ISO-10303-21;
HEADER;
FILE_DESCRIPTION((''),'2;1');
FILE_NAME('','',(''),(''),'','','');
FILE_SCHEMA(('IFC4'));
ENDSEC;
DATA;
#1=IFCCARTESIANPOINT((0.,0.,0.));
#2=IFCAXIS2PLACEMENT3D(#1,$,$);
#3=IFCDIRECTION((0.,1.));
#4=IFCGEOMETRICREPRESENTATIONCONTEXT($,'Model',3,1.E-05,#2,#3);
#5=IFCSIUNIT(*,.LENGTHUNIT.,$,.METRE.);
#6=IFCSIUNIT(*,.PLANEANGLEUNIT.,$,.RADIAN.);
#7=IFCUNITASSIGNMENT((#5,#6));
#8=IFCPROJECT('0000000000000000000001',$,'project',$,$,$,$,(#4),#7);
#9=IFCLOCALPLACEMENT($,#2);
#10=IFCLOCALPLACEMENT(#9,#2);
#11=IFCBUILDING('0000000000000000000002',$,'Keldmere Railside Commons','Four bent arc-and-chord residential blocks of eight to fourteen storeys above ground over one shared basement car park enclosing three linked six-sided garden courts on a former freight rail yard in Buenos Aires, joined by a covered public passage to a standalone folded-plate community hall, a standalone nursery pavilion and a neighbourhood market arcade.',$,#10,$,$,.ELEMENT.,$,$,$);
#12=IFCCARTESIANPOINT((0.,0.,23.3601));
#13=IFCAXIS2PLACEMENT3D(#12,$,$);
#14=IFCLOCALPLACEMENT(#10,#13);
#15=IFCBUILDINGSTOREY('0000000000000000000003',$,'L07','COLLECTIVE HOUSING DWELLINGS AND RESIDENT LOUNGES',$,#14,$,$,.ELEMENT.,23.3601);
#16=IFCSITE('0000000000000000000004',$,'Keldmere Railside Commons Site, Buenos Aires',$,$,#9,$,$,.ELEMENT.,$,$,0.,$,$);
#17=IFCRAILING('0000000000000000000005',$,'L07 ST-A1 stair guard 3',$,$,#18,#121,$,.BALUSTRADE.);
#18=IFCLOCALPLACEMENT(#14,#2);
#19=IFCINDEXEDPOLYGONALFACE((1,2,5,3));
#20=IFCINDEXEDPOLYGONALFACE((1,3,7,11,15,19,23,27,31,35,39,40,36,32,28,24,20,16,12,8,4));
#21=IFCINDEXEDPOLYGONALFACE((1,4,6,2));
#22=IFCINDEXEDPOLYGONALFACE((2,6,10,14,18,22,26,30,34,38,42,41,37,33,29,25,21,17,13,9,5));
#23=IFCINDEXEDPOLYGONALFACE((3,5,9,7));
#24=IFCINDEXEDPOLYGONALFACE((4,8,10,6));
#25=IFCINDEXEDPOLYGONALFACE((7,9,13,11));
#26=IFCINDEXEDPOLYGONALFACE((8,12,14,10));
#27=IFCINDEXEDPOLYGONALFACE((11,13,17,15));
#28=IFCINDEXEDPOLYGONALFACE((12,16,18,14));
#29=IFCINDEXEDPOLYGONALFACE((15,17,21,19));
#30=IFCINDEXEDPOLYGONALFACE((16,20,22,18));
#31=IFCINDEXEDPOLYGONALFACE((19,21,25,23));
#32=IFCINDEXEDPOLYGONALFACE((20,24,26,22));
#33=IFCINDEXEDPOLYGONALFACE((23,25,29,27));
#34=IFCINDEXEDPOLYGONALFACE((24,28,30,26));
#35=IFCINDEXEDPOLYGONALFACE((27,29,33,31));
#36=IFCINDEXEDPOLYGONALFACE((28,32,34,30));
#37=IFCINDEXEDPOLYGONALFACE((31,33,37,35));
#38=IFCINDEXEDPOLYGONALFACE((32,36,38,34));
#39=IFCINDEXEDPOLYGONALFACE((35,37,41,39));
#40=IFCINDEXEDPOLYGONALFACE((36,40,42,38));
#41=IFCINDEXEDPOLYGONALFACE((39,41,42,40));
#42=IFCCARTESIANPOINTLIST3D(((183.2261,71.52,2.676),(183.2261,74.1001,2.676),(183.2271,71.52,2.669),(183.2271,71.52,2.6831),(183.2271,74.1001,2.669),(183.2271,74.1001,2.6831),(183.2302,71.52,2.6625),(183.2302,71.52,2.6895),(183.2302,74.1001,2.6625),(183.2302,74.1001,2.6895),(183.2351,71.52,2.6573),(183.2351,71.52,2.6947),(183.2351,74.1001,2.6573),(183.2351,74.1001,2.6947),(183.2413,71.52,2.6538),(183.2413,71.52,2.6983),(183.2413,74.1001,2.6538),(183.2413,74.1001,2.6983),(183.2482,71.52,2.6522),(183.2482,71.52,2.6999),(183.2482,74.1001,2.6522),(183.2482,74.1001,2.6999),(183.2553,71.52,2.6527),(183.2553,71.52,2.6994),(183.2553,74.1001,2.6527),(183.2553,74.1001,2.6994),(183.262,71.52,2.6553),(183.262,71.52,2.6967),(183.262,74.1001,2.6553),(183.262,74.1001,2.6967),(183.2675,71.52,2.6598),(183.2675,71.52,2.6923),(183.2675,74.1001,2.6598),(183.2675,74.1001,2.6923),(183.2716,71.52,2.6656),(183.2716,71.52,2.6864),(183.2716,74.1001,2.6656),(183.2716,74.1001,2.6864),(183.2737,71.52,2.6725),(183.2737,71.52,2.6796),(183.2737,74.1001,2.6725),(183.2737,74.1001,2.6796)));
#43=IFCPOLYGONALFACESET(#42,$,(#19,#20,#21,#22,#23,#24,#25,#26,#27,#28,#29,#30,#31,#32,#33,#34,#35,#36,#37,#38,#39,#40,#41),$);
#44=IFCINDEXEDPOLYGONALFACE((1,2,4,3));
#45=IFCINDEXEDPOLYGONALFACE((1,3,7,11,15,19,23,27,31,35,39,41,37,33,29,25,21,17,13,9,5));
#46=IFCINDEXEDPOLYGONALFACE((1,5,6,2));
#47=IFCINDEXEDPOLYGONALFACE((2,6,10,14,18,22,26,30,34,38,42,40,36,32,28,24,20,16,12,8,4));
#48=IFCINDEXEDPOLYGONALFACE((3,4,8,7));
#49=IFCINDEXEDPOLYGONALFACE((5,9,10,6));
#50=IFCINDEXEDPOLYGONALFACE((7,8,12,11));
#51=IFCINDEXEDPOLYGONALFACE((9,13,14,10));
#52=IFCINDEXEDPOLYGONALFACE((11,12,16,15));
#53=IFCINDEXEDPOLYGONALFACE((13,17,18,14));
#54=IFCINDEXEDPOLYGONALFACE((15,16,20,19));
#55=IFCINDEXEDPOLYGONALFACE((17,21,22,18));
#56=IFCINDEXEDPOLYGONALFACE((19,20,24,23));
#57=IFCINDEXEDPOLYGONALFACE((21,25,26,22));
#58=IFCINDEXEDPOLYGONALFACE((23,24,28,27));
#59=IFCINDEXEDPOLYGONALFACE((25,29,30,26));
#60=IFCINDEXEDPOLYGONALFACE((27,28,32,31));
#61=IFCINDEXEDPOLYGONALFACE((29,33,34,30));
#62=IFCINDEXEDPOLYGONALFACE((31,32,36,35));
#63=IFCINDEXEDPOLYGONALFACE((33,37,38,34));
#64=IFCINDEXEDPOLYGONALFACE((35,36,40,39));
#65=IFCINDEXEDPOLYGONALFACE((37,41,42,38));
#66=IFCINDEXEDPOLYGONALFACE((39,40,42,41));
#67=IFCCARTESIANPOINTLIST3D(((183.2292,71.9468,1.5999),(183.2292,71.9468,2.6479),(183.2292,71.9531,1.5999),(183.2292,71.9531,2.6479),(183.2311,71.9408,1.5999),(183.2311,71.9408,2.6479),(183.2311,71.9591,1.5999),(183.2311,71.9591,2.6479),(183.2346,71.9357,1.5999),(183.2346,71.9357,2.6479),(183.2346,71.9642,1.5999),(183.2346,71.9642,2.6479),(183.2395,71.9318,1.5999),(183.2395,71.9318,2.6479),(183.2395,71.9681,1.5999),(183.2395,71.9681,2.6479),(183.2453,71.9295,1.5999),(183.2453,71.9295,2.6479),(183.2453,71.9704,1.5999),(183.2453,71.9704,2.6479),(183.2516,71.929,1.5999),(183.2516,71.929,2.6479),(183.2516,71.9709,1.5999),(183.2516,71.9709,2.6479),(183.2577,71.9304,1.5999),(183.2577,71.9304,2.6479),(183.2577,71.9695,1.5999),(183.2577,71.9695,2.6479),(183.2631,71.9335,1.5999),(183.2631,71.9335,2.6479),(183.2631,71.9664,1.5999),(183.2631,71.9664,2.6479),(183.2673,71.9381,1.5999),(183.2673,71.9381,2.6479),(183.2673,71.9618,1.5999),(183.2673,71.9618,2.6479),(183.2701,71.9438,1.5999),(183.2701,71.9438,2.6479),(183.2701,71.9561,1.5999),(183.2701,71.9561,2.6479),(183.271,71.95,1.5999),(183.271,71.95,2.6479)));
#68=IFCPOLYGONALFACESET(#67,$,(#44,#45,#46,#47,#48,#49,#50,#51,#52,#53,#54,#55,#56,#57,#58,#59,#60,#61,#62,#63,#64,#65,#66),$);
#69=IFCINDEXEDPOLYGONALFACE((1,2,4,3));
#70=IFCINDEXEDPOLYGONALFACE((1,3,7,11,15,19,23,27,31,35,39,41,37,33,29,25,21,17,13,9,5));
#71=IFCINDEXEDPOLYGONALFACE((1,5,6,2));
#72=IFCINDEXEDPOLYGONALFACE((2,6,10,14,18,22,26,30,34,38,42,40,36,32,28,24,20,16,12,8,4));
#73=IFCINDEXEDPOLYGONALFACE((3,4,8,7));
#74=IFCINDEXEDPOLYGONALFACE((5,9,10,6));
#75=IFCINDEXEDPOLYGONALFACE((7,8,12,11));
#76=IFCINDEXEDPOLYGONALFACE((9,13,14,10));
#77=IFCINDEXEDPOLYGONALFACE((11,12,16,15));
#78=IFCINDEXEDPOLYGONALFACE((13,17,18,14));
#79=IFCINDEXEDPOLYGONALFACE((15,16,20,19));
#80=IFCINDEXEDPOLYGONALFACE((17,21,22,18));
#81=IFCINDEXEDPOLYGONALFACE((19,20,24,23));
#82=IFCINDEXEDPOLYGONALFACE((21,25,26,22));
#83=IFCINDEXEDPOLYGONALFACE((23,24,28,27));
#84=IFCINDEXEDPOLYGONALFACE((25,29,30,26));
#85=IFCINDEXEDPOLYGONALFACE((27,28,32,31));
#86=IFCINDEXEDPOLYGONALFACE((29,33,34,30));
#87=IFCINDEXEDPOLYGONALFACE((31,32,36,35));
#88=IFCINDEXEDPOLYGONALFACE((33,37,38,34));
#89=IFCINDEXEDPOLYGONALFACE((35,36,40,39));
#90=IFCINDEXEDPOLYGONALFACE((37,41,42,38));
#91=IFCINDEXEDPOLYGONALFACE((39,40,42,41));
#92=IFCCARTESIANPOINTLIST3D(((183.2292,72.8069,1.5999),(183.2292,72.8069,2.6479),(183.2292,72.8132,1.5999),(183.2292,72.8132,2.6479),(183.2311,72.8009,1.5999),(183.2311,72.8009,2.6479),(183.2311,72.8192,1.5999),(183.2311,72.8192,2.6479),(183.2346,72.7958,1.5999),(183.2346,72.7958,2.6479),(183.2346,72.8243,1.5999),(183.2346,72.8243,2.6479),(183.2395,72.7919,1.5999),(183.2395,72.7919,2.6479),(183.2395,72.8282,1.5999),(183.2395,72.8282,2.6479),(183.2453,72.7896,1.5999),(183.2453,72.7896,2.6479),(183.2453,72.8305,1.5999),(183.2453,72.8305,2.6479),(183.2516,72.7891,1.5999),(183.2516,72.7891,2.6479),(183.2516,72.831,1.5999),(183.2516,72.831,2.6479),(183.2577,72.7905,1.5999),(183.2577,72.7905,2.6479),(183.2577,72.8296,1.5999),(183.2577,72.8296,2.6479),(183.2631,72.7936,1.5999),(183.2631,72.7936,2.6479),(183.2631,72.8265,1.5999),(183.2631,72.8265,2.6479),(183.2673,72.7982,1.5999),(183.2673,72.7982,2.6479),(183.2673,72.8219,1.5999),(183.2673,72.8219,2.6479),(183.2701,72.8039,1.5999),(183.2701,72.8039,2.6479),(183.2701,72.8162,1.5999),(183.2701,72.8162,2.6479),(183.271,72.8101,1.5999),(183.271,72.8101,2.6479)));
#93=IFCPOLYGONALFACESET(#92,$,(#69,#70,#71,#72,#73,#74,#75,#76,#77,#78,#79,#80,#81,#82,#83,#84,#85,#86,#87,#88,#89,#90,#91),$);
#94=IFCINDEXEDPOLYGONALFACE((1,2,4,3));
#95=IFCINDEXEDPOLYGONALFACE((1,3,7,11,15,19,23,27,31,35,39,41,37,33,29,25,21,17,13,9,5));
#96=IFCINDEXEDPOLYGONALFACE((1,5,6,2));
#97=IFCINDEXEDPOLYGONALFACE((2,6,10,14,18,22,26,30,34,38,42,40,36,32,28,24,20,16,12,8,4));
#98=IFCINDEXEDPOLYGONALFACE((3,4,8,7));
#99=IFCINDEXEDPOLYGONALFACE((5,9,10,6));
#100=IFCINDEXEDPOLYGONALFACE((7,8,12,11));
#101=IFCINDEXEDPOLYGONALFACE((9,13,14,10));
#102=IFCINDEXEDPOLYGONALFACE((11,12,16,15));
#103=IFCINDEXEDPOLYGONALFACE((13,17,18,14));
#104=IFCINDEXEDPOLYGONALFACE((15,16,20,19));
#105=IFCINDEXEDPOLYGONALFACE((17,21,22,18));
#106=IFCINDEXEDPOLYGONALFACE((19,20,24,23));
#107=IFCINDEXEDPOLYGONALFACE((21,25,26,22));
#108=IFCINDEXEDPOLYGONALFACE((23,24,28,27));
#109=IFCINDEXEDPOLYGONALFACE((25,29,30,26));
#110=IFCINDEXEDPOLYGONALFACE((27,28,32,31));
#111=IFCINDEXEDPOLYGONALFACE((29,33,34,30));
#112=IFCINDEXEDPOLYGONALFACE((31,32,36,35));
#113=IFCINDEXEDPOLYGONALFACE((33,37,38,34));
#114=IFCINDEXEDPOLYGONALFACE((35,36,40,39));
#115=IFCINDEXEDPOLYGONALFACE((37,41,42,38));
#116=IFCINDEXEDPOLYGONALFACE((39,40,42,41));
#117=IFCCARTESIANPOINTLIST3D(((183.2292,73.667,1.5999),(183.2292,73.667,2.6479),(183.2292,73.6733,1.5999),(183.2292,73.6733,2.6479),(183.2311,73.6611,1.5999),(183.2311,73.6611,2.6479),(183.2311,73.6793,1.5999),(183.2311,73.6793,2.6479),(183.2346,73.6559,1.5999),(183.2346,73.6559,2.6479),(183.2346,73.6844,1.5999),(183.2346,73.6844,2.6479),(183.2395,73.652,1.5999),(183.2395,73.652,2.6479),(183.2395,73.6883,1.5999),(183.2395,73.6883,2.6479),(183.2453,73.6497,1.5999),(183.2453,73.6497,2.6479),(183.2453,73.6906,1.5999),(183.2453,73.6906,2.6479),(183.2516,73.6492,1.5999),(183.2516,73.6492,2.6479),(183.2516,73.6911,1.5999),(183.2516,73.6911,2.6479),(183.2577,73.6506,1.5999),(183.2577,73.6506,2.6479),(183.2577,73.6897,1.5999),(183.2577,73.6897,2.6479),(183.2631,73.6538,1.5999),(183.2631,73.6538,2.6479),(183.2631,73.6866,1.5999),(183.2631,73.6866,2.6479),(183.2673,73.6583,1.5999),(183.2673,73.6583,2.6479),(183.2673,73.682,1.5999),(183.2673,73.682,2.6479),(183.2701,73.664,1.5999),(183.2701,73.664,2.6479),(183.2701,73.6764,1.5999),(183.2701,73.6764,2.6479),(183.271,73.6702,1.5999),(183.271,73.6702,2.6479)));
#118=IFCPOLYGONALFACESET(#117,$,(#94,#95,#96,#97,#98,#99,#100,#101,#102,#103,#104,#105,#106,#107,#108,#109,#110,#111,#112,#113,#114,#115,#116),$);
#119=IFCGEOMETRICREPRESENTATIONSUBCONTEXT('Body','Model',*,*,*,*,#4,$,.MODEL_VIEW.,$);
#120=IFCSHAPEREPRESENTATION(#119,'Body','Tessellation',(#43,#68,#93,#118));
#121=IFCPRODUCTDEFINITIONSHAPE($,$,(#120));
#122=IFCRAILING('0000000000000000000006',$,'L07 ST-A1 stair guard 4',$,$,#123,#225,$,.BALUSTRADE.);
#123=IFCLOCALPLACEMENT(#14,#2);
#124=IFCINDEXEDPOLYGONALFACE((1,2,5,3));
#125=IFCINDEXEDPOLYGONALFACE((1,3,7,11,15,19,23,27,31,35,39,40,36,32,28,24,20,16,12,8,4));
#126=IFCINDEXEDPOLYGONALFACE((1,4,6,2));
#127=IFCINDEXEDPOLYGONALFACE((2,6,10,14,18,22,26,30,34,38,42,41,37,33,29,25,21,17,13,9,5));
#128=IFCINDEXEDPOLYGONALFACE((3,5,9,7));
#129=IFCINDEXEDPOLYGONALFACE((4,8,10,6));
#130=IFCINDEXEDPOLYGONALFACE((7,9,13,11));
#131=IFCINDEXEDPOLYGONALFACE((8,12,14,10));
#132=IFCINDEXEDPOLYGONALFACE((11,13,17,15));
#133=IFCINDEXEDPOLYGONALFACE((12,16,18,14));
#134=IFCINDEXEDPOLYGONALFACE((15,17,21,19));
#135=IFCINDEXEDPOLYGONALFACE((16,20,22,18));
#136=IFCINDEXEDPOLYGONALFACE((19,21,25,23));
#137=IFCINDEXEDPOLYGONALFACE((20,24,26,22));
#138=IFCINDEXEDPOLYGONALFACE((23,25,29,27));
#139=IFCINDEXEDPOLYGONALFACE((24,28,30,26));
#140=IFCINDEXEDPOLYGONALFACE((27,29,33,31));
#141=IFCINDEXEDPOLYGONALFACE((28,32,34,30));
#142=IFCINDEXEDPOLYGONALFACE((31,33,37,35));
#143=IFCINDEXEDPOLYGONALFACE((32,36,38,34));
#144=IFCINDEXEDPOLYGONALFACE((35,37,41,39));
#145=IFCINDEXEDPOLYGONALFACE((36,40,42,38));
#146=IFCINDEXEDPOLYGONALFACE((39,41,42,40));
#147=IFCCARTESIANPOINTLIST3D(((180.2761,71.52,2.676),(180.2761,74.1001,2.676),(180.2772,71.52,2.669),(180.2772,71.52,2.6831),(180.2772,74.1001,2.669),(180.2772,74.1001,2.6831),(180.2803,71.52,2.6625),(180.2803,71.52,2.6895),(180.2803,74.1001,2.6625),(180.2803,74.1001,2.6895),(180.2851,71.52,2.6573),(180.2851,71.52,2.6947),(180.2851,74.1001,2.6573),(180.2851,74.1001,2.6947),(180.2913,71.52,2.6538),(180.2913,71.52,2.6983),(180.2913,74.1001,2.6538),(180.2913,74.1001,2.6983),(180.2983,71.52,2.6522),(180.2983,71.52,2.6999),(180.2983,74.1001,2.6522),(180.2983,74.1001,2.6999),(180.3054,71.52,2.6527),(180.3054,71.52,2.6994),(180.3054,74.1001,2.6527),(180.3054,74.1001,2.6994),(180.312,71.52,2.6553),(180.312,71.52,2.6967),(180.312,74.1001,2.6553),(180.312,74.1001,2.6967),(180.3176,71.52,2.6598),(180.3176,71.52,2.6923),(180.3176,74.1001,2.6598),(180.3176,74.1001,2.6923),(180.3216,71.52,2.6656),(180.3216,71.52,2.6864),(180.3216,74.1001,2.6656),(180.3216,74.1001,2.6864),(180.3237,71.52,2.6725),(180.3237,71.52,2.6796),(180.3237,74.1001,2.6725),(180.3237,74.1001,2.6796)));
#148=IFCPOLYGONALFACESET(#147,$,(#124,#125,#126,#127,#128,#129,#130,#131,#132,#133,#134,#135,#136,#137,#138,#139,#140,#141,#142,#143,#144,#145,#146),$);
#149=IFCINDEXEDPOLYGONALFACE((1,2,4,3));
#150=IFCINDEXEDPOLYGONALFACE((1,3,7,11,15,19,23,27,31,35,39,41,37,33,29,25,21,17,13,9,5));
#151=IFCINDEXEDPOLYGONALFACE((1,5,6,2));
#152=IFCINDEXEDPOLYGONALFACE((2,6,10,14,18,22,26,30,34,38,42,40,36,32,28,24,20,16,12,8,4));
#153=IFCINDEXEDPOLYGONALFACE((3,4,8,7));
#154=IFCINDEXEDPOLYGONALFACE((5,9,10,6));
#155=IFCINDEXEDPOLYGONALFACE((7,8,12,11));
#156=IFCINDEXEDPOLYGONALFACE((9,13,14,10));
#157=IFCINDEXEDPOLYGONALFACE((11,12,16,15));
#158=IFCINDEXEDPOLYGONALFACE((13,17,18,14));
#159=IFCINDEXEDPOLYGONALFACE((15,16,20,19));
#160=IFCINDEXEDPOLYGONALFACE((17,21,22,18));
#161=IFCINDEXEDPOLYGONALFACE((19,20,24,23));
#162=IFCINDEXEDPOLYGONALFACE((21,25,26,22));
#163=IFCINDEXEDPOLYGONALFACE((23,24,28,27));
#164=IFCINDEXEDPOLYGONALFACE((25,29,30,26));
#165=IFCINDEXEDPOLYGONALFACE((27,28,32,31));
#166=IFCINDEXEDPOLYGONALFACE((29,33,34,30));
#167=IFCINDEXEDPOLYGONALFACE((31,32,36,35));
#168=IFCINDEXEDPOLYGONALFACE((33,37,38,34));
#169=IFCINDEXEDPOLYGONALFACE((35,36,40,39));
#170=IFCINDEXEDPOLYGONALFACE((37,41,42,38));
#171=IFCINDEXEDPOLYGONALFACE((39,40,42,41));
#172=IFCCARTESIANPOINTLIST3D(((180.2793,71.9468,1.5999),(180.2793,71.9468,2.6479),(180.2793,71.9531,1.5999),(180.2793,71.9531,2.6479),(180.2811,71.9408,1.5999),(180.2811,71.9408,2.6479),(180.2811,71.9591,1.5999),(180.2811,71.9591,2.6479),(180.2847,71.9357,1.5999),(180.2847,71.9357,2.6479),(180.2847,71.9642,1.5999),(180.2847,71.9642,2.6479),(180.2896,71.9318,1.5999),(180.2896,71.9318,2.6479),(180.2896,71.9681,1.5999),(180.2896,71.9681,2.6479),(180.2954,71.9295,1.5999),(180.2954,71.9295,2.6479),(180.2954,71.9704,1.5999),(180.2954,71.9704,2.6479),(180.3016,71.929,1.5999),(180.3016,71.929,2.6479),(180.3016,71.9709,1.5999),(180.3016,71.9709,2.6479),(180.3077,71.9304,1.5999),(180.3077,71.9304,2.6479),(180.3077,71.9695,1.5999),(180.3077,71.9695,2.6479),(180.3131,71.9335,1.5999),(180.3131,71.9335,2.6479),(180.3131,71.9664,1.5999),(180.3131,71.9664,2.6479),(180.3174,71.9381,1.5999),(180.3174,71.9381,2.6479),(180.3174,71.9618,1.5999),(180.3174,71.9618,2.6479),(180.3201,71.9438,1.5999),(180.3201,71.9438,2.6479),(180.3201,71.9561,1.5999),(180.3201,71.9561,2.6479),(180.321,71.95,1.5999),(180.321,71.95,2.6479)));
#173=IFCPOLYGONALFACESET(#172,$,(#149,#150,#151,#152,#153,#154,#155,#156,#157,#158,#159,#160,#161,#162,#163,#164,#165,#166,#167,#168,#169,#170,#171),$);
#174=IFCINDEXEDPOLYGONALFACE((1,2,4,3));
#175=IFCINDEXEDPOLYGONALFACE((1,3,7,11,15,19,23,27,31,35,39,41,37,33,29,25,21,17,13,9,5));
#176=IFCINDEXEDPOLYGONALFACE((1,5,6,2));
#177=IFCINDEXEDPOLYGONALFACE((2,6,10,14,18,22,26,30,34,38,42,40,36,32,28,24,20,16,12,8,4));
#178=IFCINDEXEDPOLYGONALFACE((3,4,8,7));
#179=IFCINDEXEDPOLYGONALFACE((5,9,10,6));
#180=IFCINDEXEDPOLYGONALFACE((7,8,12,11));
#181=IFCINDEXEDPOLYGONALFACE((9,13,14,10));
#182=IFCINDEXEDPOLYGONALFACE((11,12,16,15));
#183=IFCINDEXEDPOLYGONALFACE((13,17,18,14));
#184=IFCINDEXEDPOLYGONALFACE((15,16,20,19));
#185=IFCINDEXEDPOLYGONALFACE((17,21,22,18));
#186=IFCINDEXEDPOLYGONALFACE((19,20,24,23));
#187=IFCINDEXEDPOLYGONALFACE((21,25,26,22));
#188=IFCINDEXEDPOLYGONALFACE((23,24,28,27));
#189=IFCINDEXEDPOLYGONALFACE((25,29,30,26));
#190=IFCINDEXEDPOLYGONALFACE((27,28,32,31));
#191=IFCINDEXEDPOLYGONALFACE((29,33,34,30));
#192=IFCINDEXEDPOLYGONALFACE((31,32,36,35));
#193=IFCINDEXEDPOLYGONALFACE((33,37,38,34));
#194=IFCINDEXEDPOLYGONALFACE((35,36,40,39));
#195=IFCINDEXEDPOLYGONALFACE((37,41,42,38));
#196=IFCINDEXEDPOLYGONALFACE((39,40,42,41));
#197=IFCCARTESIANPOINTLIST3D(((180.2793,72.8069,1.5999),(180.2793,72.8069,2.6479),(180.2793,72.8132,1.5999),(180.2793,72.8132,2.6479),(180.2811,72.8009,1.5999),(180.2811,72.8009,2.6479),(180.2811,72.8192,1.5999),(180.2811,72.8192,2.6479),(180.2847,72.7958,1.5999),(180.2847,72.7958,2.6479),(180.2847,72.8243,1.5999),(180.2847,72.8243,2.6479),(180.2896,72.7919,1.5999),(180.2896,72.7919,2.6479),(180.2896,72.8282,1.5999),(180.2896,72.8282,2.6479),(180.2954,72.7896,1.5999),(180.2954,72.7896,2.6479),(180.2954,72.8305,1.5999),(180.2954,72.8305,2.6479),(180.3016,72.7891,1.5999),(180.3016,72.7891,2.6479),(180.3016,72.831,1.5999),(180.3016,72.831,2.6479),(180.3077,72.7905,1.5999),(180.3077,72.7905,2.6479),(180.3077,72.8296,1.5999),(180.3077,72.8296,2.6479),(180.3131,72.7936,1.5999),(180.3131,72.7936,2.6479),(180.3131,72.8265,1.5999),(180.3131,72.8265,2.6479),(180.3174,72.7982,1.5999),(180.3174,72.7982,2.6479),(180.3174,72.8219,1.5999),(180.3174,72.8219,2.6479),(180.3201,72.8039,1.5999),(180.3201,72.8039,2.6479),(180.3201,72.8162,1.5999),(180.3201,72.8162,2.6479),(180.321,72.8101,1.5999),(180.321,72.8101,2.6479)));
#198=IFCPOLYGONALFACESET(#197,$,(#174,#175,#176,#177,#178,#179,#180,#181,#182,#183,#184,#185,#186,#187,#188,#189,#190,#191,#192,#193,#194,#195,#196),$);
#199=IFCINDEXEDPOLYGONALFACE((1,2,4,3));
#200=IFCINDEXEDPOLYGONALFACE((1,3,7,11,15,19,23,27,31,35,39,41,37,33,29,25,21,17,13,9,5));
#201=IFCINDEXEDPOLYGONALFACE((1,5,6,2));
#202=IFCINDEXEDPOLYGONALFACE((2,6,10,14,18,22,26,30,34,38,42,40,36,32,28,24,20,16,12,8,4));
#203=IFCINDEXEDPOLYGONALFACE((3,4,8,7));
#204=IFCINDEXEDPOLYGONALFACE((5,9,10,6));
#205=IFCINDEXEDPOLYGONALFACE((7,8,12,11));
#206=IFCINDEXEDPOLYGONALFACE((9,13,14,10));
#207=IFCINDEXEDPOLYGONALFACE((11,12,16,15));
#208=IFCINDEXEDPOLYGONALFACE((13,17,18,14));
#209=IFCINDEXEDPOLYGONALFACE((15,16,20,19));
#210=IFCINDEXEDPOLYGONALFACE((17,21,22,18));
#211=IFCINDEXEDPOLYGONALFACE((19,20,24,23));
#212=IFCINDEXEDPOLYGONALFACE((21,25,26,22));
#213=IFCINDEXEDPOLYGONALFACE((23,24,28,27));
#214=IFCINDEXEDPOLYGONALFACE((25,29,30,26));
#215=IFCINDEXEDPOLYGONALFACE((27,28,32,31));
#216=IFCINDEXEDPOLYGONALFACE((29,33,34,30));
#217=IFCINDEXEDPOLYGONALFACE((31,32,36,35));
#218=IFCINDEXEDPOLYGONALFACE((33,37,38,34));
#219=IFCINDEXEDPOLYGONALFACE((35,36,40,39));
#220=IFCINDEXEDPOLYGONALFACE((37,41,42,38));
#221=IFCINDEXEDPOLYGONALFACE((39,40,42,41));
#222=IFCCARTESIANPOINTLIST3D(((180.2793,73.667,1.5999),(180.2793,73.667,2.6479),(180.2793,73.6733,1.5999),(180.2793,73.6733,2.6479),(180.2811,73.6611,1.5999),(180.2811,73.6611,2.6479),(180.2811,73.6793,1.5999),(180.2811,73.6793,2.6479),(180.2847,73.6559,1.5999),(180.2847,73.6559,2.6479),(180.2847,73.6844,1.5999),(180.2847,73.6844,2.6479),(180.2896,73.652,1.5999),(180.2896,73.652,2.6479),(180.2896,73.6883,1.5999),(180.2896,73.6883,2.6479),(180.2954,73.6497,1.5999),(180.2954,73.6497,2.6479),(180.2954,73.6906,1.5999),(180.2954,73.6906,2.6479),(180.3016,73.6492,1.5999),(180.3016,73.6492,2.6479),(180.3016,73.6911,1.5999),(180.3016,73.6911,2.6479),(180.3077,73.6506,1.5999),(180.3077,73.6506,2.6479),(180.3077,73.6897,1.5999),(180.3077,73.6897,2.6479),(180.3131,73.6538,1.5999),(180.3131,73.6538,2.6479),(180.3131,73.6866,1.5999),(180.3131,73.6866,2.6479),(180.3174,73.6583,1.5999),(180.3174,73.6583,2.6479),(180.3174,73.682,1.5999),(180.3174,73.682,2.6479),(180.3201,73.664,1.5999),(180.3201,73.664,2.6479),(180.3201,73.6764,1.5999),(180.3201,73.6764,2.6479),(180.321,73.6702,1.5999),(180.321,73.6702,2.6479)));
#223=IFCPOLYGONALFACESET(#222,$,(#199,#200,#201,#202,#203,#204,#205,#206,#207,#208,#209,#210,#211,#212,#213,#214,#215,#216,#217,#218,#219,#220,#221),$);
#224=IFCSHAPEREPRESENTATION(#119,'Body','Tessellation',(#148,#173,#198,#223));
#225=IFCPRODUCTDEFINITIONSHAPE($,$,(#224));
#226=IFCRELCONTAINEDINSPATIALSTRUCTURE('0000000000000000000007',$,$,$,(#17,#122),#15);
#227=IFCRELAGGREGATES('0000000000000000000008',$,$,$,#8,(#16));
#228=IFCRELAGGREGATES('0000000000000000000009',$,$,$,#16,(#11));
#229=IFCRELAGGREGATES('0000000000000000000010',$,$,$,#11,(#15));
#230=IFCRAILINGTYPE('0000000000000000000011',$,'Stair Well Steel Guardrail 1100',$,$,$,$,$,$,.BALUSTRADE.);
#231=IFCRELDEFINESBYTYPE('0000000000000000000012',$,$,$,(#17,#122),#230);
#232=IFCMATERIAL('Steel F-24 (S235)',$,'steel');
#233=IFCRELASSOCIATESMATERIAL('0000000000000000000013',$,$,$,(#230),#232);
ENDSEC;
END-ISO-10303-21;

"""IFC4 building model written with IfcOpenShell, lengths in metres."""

from ifc_helpers import new_model, si_unit, direction, frame, origin, origin_2d, place, context, subcontext, project, spatial, circle, extrude, material, type_object, element, save


model = new_model("IFC4")

# Units and contexts
model_context = context("Model", 3, precision=1e-05, world=origin(), true_north=direction((0.0, 1.0)))
body_context = subcontext(model_context, "Body", "Model", "MODEL_VIEW")
ifc_project = project(units=[si_unit("LENGTHUNIT", "METRE"), si_unit("PLANEANGLEUNIT", "RADIAN")], contexts=[model_context])

# Site, building, storey
site_placement = place(None, origin())
site = spatial("IfcSite", under=ifc_project, at=site_placement, Name="Keldmere Railside Commons Site, Buenos Aires", CompositionType="ELEMENT", RefElevation=0.0)
building_placement = place(site_placement, origin())
building = spatial("IfcBuilding", under=site, at=building_placement, Name="Keldmere Railside Commons", Description="Four bent arc-and-chord residential blocks of eight to fourteen storeys above ground over one shared basement car park enclosing three linked six-sided garden courts on a former freight rail yard in Buenos Aires, joined by a covered public passage to a standalone folded-plate community hall, a standalone nursery pavilion and a neighbourhood market arcade.", CompositionType="ELEMENT")
storey_placement = place(building_placement, frame((0.0, 0.0, 23.3601)))
storey = spatial("IfcBuildingStorey", under=building, at=storey_placement, Name="L07", Description="COLLECTIVE HOUSING DWELLINGS AND RESIDENT LOUNGES", CompositionType="ELEMENT", Elevation=23.3601)

# Shared definitions
ifc_material_1 = material(Name="Steel F-24 (S235)", Category="steel")

# Railings
railing_type_1 = type_object("IfcRailingType", Name="Stair Well Steel Guardrail 1100", PredefinedType="BALUSTRADE", material=ifc_material_1)
for number, where, name in (
    (1, (183.25, 71.52, 1.5999), "L07 ST-A1 stair guard 3"),
    (2, (180.3, 71.52, 1.5999), "L07 ST-A1 stair guard 4"),
):
    element("IfcRailing", number, at=place(storey_placement, frame(where)), inside=storey, type_object=railing_type_1, Name=name, PredefinedType="BALUSTRADE", context=body_context, shape_type="SweptSolid", body=[
        extrude(circle(Radius=0.0239, at=origin_2d()), frame((0.0, 0.0, 1.0762), z_axis=(0.0, 1.0, 0.0), x_axis=(-1.0, 0.0, 0.0)), (0.0, 0.0, 1.0), 2.5801),
        extrude(circle(Radius=0.021, at=origin_2d()), frame((0.0, 0.4299, 0.0)), (0.0, 0.0, 1.0), 1.0481),
        extrude(circle(Radius=0.021, at=origin_2d()), frame((0.0, 1.29, 0.0)), (0.0, 0.0, 1.0), 1.0481),
        extrude(circle(Radius=0.021, at=origin_2d()), frame((0.0, 2.1501, 0.0)), (0.0, 0.0, 1.0), 1.0481),
    ])

save(model, "model.ifc")
